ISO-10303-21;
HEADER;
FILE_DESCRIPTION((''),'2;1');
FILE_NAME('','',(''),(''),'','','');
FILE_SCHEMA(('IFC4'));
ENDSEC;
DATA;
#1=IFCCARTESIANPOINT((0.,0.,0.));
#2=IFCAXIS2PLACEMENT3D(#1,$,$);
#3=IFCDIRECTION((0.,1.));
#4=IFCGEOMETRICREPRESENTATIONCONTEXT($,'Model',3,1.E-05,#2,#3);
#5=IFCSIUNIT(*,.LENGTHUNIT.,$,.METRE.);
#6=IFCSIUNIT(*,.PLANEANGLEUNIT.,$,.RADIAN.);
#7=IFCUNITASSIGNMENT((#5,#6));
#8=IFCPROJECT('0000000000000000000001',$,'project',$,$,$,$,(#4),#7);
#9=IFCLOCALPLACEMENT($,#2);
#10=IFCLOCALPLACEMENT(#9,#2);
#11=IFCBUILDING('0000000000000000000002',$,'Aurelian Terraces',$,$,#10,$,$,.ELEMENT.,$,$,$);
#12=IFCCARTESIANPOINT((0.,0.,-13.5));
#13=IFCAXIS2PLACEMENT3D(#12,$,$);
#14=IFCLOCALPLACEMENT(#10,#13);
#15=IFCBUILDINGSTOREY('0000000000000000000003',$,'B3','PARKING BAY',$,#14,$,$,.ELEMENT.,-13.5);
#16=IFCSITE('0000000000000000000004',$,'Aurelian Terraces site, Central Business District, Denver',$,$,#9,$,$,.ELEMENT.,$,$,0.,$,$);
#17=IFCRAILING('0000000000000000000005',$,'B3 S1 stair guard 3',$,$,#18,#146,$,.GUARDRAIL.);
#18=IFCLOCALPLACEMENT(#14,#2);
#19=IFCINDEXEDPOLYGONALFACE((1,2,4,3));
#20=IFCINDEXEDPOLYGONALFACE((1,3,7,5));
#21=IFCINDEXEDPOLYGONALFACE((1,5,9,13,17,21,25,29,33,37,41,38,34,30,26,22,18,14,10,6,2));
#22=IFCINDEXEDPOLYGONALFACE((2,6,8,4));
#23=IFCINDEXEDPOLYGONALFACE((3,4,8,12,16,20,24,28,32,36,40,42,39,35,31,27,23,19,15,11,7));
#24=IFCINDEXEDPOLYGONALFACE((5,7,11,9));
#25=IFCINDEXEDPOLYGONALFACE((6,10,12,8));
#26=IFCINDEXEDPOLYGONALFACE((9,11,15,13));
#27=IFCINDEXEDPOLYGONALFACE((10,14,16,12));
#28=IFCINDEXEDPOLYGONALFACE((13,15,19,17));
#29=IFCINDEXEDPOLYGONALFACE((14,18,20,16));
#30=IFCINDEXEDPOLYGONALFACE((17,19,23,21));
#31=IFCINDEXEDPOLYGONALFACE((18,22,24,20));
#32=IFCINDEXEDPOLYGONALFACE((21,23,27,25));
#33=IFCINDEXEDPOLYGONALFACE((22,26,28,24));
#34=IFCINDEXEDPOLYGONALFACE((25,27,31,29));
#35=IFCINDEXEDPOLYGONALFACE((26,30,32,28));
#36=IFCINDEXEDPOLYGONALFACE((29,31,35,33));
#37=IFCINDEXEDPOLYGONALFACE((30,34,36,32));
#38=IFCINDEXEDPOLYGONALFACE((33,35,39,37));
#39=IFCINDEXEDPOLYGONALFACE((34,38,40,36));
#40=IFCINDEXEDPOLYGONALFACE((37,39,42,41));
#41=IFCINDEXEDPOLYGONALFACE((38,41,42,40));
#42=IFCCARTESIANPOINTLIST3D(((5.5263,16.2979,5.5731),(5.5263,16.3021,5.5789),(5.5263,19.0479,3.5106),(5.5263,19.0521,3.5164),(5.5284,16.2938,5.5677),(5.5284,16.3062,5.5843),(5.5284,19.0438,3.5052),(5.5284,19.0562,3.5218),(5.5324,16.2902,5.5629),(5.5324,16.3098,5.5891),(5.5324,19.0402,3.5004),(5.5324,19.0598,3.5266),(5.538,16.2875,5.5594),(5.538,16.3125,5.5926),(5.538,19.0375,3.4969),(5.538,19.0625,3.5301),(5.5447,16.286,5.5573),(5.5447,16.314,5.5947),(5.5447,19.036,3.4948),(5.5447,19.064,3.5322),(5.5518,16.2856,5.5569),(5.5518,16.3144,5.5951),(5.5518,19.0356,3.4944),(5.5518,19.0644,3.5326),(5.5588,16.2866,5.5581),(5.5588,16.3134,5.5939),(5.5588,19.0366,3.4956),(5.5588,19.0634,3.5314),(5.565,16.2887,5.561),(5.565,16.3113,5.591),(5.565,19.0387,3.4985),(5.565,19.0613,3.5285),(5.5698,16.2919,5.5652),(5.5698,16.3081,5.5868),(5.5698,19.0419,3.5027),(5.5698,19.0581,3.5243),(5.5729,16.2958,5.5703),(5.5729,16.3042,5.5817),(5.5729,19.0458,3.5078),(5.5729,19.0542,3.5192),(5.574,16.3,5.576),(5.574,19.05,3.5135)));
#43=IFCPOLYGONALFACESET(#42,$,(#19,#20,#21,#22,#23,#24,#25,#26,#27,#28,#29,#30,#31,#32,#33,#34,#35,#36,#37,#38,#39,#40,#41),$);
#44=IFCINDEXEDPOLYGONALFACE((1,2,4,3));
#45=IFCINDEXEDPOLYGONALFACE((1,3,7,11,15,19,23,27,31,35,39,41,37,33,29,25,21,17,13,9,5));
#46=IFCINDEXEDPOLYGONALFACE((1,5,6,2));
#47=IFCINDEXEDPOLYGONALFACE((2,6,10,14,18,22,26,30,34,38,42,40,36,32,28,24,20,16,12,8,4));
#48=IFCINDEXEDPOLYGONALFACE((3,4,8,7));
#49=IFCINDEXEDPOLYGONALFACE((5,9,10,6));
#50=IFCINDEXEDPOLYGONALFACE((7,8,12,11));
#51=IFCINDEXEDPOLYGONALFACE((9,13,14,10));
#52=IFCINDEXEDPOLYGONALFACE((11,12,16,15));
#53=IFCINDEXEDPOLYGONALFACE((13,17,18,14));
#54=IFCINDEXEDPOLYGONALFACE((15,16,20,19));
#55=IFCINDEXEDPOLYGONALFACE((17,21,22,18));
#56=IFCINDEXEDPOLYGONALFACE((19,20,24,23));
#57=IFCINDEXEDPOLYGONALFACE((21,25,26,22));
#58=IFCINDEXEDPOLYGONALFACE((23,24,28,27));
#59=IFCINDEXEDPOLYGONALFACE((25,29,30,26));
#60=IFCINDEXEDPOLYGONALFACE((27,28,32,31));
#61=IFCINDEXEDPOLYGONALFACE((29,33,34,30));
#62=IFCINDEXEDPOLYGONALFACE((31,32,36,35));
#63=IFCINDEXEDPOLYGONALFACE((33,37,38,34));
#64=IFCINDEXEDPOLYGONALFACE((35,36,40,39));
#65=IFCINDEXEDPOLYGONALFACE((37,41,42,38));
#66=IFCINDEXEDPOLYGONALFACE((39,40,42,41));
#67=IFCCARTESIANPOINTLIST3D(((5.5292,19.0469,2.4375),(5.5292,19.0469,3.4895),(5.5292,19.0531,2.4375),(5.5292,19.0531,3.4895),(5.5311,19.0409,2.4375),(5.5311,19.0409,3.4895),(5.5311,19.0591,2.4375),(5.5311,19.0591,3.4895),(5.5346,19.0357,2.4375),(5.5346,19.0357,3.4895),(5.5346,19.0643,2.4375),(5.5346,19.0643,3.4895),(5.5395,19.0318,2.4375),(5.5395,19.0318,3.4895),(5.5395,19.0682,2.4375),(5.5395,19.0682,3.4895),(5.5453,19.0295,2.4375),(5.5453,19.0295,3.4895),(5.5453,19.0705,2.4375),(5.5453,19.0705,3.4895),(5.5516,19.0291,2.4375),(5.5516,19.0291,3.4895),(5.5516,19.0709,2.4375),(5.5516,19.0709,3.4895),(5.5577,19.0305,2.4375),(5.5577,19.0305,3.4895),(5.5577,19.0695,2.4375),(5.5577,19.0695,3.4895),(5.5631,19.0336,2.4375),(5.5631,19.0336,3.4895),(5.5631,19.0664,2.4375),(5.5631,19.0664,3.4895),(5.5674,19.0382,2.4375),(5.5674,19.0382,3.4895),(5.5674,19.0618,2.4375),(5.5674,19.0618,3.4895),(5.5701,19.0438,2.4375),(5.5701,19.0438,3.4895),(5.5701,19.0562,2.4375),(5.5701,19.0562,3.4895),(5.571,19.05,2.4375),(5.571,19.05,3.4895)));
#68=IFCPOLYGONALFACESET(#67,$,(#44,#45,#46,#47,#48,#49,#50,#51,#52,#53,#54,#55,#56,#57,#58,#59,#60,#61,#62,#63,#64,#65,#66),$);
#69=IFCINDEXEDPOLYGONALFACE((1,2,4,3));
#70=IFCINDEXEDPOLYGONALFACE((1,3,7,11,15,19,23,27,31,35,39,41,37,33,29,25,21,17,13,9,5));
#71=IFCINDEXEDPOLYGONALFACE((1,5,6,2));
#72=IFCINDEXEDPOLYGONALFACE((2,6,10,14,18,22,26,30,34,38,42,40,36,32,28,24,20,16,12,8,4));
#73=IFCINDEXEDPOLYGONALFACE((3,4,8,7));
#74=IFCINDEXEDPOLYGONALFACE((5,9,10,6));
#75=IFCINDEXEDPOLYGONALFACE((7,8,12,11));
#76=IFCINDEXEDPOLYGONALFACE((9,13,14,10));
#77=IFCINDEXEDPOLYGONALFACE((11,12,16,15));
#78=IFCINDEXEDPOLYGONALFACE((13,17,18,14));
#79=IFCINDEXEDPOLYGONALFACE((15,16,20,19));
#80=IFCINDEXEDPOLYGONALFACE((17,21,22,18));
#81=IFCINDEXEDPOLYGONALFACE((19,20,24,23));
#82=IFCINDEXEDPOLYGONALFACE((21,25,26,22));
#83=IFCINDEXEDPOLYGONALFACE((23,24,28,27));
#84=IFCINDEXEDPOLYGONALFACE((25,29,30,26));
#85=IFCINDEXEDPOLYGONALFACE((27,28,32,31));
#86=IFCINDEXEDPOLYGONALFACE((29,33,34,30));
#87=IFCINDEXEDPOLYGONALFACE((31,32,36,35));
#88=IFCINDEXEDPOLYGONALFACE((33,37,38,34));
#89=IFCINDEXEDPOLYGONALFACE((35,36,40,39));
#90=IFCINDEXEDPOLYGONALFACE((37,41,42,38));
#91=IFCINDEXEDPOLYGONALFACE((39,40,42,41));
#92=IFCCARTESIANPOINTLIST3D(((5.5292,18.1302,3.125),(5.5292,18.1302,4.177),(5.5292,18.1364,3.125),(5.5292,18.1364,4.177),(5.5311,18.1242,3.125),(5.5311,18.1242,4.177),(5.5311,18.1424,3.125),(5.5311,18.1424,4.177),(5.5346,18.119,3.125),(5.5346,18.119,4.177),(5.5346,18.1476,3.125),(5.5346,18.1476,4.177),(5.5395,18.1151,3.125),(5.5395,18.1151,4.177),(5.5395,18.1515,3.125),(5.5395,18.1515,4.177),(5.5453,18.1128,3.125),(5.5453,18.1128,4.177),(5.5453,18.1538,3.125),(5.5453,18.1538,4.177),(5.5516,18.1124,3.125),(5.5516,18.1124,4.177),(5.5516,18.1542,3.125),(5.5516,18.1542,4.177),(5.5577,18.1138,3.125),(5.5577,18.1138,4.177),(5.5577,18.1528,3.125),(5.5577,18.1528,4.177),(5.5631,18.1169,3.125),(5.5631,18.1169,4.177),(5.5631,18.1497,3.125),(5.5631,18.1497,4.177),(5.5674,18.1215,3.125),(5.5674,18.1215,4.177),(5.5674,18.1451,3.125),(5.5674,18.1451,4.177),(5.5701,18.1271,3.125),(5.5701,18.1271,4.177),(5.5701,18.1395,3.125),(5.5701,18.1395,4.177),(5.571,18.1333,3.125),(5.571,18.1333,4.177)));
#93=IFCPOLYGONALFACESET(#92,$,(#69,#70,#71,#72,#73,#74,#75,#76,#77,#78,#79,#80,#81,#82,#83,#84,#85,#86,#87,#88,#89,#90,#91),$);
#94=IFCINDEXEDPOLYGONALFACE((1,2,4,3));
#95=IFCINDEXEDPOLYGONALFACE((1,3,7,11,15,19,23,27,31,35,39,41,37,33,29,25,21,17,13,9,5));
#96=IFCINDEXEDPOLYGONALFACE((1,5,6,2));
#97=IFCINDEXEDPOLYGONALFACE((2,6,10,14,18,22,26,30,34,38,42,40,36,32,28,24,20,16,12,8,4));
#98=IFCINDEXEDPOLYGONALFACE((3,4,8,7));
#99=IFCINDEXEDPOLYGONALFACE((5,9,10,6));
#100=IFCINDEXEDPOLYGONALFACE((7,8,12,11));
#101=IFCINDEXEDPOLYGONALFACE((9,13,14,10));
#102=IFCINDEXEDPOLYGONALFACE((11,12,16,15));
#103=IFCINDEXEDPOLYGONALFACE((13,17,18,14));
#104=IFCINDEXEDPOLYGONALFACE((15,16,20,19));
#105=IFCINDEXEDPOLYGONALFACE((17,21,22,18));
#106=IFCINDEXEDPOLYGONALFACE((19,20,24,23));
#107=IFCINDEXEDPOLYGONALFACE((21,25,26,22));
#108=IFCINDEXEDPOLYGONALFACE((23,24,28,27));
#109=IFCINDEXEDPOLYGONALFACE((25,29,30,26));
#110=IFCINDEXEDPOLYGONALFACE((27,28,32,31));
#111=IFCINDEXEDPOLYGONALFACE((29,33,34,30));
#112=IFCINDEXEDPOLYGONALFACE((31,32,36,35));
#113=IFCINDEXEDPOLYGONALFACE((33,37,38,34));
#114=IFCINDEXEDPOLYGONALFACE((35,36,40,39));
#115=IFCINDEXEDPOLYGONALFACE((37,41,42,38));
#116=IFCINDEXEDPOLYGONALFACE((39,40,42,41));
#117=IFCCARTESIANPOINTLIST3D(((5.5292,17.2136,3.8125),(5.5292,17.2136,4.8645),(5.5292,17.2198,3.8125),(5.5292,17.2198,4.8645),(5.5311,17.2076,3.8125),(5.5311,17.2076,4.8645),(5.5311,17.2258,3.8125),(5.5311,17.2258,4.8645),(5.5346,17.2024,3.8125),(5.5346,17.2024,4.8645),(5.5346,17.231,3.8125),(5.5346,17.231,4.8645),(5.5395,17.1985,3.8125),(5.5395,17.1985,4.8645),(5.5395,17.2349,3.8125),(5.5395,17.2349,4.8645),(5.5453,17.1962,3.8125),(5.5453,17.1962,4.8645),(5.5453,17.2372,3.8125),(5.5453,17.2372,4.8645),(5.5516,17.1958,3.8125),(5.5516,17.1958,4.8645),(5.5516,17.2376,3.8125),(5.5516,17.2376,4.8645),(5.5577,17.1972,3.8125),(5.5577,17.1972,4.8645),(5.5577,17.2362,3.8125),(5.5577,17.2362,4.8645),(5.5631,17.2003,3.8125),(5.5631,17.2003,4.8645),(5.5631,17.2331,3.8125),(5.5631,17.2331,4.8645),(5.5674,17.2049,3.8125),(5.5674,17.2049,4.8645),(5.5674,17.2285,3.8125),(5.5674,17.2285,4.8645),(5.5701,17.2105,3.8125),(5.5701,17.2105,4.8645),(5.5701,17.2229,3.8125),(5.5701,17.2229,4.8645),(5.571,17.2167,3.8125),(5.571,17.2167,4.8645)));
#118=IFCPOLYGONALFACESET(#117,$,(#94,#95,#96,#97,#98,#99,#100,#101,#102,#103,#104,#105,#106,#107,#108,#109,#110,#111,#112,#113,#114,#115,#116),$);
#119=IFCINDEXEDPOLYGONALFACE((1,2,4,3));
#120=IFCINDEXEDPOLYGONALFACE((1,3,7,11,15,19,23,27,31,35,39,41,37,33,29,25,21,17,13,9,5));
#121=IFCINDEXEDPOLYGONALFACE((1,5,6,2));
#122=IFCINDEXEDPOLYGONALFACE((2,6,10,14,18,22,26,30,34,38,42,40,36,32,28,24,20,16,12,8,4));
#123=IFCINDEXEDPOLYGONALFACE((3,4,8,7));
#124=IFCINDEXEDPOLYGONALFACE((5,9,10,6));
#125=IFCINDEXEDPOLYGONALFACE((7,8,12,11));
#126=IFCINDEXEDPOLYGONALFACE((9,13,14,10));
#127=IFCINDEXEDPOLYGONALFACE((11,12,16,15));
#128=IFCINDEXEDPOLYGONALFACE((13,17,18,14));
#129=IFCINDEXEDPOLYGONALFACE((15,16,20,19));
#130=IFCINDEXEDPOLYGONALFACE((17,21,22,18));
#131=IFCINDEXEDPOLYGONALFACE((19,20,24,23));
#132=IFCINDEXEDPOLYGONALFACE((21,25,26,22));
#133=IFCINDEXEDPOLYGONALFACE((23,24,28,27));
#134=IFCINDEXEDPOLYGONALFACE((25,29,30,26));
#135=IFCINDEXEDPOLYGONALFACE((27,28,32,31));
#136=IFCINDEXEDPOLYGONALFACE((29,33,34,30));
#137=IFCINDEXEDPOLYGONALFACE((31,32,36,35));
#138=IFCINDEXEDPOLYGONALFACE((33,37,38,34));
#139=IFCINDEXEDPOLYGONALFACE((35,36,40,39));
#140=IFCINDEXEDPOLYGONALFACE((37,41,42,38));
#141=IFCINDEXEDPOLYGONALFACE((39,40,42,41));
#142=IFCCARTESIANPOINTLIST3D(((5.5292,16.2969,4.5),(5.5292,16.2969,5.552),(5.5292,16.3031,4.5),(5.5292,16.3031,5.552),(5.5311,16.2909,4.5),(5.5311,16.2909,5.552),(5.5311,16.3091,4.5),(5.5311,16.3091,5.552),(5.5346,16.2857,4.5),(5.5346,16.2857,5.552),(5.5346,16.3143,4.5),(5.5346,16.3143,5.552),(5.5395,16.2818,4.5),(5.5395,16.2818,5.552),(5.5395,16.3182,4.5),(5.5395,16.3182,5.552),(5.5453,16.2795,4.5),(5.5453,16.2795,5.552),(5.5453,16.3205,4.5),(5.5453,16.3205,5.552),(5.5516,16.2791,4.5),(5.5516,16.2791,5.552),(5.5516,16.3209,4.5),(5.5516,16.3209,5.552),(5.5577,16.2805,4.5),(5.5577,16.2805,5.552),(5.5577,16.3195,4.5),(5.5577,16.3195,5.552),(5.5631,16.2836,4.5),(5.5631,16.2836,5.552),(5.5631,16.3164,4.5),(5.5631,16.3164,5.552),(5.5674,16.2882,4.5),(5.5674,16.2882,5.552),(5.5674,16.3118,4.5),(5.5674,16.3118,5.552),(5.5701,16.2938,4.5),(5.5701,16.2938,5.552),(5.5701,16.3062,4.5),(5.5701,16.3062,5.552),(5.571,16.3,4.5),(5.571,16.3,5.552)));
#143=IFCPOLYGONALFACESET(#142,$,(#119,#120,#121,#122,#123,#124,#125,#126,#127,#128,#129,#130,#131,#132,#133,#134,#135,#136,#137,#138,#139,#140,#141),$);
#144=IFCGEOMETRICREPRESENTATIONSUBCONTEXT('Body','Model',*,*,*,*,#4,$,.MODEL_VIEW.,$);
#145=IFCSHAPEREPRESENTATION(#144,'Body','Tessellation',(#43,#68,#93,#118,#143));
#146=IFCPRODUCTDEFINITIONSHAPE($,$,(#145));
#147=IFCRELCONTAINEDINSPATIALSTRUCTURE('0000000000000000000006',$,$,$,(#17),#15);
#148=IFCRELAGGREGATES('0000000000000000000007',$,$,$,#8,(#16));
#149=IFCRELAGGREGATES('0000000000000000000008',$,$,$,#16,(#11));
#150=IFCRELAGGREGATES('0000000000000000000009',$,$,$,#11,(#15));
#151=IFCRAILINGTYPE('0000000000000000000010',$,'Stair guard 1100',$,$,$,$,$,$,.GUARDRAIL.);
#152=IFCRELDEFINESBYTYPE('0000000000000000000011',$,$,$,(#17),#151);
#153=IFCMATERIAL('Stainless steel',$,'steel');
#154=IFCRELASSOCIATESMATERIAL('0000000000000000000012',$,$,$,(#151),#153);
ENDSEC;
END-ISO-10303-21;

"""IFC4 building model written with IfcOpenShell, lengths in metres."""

from ifc_helpers import new_model, si_unit, direction, frame, origin, origin_2d, place, context, subcontext, project, spatial, circle, extrude, material, type_object, element, save


model = new_model("IFC4")

# Units and contexts
model_context = context("Model", 3, precision=1e-05, world=origin(), true_north=direction((0.0, 1.0)))
body_context = subcontext(model_context, "Body", "Model", "MODEL_VIEW")
ifc_project = project(units=[si_unit("LENGTHUNIT", "METRE"), si_unit("PLANEANGLEUNIT", "RADIAN")], contexts=[model_context])

# Site, building, storey
site_placement = place(None, origin())
site = spatial("IfcSite", under=ifc_project, at=site_placement, Name="Aurelian Terraces site, Central Business District, Denver", CompositionType="ELEMENT", RefElevation=0.0)
building_placement = place(site_placement, origin())
building = spatial("IfcBuilding", under=site, at=building_placement, Name="Aurelian Terraces", CompositionType="ELEMENT")
storey_placement = place(building_placement, frame((0.0, 0.0, -13.5)))
storey = spatial("IfcBuildingStorey", under=building, at=storey_placement, Name="B3", Description="PARKING BAY", CompositionType="ELEMENT", Elevation=-13.5)

# Railing
ifc_material_1 = material(Name="Stainless steel", Category="steel")
railing_type_1 = type_object("IfcRailingType", Name="Stair guard 1100", PredefinedType="GUARDRAIL", material=ifc_material_1)
railing_1_placement = place(storey_placement, frame((5.55, 19.05, 2.4375)))
element("IfcRailing", 1, at=railing_1_placement, inside=storey, type_object=railing_type_1, Name="B3 S1 stair guard 3", PredefinedType="GUARDRAIL", context=body_context, shape_type="SweptSolid", body=[
    extrude(circle(Radius=0.024, at=origin_2d()), frame((0.0, 0.0, 1.076), z_axis=(0.0, -0.8, 0.6), x_axis=(1.0, 0.0, 0.0)), (0.0, 0.0, 1.0), 3.4375),
    extrude(circle(Radius=0.021, at=origin_2d()), origin(), (0.0, 0.0, 1.0), 1.052),
    extrude(circle(Radius=0.021, at=origin_2d()), frame((0.0, -0.9167, 0.6875)), (0.0, 0.0, 1.0), 1.052),
    extrude(circle(Radius=0.021, at=origin_2d()), frame((0.0, -1.8333, 1.375)), (0.0, 0.0, 1.0), 1.052),
    extrude(circle(Radius=0.021, at=origin_2d()), frame((0.0, -2.75, 2.0625)), (0.0, 0.0, 1.0), 1.052),
])

save(model, "model.ifc")
